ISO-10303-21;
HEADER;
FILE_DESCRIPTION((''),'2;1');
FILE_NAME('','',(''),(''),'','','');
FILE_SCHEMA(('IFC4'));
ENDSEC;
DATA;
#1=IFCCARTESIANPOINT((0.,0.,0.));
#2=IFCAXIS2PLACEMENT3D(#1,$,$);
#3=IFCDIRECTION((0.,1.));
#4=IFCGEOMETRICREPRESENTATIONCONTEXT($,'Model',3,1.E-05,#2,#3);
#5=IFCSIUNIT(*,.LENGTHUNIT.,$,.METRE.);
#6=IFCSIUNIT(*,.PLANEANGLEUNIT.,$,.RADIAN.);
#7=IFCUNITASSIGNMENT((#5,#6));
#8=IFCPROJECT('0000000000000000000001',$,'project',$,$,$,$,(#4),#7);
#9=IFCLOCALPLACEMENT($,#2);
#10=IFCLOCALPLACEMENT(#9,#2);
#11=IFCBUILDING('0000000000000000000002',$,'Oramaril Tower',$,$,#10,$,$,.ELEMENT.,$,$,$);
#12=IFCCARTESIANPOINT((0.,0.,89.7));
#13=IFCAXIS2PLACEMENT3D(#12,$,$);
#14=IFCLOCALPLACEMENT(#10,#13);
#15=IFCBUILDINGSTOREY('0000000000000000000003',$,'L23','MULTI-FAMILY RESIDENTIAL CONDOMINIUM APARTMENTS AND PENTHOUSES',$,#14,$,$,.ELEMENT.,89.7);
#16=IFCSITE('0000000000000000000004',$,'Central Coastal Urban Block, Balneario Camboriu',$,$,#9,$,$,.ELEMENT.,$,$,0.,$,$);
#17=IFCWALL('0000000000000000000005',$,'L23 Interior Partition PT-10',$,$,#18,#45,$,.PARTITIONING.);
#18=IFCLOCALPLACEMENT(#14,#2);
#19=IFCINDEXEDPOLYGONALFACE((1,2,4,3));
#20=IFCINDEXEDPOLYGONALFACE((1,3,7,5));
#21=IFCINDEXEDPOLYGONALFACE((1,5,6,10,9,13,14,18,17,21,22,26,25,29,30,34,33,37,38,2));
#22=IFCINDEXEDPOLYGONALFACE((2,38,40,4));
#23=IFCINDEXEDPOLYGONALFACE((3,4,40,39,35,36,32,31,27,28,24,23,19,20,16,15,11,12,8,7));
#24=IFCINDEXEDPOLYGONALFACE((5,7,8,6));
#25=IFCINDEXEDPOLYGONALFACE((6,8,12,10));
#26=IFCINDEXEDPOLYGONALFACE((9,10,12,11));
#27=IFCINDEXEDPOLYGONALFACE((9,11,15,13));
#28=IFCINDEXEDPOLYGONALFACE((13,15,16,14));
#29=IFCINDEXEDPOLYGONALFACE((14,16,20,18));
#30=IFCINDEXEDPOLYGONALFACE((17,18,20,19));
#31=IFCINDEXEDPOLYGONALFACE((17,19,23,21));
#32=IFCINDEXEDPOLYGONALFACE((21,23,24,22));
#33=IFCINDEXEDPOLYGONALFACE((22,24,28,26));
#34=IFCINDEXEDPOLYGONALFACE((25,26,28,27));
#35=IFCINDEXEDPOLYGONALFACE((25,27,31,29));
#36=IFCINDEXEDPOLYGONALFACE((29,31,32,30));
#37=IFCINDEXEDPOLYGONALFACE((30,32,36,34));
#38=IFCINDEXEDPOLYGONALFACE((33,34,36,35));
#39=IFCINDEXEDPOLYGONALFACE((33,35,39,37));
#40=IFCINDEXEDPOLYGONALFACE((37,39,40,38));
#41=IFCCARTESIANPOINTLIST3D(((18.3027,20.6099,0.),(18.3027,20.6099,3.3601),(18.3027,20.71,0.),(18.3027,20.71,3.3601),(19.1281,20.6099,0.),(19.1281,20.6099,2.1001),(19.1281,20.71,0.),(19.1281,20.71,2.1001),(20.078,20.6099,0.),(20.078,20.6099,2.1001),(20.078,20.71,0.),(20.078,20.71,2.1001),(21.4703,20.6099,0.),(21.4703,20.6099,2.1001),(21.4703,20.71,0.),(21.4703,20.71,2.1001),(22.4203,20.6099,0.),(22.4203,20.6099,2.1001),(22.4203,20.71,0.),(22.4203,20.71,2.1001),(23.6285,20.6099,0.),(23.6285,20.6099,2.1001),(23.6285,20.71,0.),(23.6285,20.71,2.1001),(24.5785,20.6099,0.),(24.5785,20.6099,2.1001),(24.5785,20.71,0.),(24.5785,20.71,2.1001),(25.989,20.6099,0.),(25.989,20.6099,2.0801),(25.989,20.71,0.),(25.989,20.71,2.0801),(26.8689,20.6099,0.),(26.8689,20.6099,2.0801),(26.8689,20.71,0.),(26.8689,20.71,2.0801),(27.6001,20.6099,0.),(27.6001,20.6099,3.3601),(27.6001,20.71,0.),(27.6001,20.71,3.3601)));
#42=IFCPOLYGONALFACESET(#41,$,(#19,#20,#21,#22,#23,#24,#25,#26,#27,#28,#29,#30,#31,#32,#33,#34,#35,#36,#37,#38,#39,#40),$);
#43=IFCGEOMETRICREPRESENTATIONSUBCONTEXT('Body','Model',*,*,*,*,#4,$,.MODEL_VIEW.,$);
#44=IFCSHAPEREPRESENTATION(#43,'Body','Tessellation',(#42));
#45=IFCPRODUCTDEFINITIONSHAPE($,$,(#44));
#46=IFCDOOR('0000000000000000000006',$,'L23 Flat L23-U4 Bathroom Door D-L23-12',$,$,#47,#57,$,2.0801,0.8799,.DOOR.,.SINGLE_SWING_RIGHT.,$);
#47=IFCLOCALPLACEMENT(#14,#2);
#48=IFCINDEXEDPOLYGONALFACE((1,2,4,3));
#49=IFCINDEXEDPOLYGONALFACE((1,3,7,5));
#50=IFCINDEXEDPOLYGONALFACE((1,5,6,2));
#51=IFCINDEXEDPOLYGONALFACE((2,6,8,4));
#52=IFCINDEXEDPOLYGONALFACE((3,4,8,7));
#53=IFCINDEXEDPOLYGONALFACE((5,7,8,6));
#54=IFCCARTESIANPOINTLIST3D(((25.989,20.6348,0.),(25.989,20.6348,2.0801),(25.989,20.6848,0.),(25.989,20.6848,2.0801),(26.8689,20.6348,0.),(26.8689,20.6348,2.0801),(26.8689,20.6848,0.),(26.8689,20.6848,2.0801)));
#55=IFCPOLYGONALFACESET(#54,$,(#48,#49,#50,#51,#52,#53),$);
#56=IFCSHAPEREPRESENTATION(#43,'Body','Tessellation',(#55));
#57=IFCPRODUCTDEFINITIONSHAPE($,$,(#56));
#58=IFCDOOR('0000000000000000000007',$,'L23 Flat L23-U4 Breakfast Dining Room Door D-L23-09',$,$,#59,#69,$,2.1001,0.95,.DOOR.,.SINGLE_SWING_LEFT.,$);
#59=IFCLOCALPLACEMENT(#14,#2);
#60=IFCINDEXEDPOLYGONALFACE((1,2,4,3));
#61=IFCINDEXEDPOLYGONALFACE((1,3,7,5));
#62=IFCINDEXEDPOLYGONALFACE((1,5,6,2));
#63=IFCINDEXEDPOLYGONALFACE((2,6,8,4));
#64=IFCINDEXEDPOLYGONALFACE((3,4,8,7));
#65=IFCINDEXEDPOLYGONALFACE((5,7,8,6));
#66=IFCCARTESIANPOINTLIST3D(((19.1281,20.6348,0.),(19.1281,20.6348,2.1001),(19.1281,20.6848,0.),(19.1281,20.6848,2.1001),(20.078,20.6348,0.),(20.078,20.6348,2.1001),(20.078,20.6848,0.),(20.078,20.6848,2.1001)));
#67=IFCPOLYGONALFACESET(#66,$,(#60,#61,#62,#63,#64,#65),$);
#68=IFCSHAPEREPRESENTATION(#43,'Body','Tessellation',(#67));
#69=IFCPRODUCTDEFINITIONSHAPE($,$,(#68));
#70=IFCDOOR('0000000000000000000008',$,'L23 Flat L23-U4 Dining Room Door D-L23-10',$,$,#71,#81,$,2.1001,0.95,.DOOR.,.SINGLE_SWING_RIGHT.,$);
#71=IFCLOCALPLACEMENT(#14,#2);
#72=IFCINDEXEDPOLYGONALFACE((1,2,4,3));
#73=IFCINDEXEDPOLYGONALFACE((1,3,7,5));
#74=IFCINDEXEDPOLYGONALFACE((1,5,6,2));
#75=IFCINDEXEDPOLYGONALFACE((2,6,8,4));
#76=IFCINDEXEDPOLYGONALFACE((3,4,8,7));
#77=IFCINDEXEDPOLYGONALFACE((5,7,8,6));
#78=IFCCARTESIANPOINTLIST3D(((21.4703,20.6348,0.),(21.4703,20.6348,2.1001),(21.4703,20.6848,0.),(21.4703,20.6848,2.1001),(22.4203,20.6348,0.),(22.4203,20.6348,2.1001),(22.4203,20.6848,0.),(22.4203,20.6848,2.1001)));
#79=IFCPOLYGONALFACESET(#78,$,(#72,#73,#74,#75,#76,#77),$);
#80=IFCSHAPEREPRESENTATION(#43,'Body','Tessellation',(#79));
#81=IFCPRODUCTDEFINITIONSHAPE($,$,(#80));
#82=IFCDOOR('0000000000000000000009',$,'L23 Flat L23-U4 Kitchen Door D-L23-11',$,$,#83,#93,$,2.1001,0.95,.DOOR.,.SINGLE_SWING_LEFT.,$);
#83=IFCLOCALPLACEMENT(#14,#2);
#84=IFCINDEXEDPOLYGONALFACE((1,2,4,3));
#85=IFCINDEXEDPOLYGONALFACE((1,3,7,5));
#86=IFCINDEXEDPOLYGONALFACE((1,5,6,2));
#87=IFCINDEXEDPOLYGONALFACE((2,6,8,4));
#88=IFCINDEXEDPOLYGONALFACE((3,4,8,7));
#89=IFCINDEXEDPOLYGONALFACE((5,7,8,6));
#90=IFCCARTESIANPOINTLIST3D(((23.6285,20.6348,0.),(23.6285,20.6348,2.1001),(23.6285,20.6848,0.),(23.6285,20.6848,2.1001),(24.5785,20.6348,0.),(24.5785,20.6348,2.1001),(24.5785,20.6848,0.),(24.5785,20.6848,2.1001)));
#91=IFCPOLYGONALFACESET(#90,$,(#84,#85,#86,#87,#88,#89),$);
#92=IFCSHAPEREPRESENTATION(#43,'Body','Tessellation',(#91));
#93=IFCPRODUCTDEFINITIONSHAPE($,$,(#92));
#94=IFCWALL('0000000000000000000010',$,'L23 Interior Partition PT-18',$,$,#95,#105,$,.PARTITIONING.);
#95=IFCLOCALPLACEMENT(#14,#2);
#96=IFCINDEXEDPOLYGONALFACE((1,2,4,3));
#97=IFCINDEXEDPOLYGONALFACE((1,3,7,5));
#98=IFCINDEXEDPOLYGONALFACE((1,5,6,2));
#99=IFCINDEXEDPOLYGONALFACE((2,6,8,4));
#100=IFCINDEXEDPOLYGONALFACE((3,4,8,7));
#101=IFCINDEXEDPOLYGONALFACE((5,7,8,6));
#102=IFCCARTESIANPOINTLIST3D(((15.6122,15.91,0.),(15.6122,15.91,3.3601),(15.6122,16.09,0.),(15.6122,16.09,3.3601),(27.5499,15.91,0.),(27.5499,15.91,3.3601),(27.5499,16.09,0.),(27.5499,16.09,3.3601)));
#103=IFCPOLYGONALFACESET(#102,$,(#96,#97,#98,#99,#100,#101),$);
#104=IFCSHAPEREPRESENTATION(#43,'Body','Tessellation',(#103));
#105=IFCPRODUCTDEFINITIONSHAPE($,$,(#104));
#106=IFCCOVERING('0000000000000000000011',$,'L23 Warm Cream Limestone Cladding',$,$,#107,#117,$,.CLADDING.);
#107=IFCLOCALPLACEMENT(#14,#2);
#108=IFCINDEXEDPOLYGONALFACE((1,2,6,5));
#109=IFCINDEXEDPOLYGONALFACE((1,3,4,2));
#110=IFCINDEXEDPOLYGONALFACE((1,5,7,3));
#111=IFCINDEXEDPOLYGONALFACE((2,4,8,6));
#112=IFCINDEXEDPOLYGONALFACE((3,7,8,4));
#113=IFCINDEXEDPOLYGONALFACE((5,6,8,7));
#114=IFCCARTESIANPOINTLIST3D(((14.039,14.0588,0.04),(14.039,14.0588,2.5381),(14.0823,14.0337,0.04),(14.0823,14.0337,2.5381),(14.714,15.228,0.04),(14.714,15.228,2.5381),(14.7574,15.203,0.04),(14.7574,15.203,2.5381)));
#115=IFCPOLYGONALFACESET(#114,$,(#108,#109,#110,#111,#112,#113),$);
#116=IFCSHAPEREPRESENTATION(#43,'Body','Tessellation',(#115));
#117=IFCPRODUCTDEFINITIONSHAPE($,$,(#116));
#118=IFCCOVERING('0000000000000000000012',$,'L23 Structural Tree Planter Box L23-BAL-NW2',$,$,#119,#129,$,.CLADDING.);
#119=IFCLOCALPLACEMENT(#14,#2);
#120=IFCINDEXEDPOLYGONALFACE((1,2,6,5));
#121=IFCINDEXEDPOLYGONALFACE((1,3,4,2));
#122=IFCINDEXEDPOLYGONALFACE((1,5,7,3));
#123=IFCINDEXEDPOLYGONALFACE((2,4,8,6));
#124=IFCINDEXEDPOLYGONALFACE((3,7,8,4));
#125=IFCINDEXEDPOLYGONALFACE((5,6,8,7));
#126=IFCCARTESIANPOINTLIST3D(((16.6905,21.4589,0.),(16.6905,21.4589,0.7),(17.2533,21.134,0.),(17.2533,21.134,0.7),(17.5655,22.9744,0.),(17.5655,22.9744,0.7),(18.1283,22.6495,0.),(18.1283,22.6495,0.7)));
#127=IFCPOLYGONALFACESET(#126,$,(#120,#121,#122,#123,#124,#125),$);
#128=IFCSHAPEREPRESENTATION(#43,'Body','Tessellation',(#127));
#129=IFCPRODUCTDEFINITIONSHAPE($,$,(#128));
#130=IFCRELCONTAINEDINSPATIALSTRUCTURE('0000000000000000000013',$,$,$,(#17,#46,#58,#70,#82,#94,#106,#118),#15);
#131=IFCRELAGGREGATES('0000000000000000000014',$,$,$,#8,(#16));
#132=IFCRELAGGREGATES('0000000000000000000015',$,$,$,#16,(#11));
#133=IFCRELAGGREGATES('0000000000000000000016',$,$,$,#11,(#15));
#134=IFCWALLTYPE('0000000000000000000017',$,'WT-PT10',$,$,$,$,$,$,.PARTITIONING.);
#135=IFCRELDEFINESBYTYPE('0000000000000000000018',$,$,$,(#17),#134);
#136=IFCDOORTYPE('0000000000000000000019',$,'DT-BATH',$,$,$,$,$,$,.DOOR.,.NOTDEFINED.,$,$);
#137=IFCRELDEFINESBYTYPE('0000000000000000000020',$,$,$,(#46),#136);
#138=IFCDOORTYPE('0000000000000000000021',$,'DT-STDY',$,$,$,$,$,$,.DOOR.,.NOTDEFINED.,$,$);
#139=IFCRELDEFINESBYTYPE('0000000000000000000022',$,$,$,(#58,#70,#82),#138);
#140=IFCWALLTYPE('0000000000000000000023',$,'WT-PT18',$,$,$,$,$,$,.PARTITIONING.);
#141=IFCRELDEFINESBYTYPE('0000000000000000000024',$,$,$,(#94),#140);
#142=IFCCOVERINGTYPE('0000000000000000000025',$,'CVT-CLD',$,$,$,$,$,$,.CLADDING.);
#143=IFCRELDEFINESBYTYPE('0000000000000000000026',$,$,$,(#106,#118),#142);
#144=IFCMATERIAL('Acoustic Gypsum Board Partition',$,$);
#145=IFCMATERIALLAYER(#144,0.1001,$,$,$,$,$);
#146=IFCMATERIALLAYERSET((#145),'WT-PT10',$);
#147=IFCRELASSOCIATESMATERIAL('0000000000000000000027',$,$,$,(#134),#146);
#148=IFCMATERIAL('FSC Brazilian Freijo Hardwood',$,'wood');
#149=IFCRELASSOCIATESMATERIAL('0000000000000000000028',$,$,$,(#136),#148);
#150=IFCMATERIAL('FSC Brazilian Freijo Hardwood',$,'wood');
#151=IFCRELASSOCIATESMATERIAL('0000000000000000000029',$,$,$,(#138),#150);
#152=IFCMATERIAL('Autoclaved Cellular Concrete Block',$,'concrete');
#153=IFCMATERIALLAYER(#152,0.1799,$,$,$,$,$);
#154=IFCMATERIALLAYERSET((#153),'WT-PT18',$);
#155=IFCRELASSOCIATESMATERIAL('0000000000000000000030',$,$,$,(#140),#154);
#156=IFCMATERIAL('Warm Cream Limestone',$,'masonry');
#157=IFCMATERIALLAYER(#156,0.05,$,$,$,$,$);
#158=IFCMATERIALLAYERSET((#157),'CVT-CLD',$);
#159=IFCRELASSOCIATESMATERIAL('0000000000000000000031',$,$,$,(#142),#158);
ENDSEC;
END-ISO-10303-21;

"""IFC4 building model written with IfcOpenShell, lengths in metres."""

from ifc_helpers import new_model, si_unit, direction, frame, frame_2d, origin, origin_2d, place, context, subcontext, project, spatial, rectangle, extrude, material, layer, layer_set, type_object, element, fill, save


model = new_model("IFC4")

# Units and contexts
model_context = context("Model", 3, precision=1e-05, world=origin(), true_north=direction((0.0, 1.0)))
body_context = subcontext(model_context, "Body", "Model", "MODEL_VIEW")
ifc_project = project(units=[si_unit("LENGTHUNIT", "METRE"), si_unit("PLANEANGLEUNIT", "RADIAN")], contexts=[model_context])

# Site, building, storey
site_placement = place(None, origin())
site = spatial("IfcSite", under=ifc_project, at=site_placement, Name="Central Coastal Urban Block, Balneario Camboriu", CompositionType="ELEMENT", RefElevation=0.0)
building_placement = place(site_placement, origin())
building = spatial("IfcBuilding", under=site, at=building_placement, Name="Oramaril Tower", CompositionType="ELEMENT")
storey_placement = place(building_placement, frame((0.0, 0.0, 89.7)))
storey = spatial("IfcBuildingStorey", under=building, at=storey_placement, Name="L23", Description="MULTI-FAMILY RESIDENTIAL CONDOMINIUM APARTMENTS AND PENTHOUSES", CompositionType="ELEMENT", Elevation=89.7)

# Wall, openings, doors
ifc_material_1 = material(Name="Acoustic Gypsum Board Partition")
ifc_layer_1 = layer(ifc_material_1, 0.1001)
ifc_layer_set_1 = layer_set([ifc_layer_1], Name="WT-PT10")
wall_type_1 = type_object("IfcWallType", Name="WT-PT10", PredefinedType="PARTITIONING", material=ifc_layer_set_1)
wall_1_placement = place(storey_placement, frame((18.3027, 20.6599, 0.0), z_axis=(0.0, 0.0, 1.0), x_axis=(1.0, 0.0, 0.0)))
wall_1 = element("IfcWall", 1, at=wall_1_placement, inside=storey, type_object=wall_type_1, Name="L23 Interior Partition PT-10", PredefinedType="PARTITIONING", context=body_context, shape_type="SweptSolid", body=[
    extrude(rectangle(XDim=9.2974, YDim=0.1001, at=frame_2d((4.6487, 0.0))), origin(), (0.0, 0.0, 1.0), 3.3601),
])
opening_1_placement = place(wall_1_placement, frame((0.8252, 0.0, 0.0)))
opening_1 = element("IfcOpeningElement", 2, at=opening_1_placement, cuts=wall_1, PredefinedType="OPENING", context=body_context, shape_type="SweptSolid", body=[
    extrude(rectangle(XDim=0.95, YDim=2.1001, at=frame_2d((0.4751, 1.05))), frame((0.0, 0.05, 0.0), z_axis=(0.0, -1.0, 0.0), x_axis=(1.0, 0.0, 0.0)), (0.0, 0.0, 1.0), 0.1001),
])
opening_2_placement = place(wall_1_placement, frame((3.1675, 0.0, 0.0)))
opening_2 = element("IfcOpeningElement", 3, at=opening_2_placement, cuts=wall_1, PredefinedType="OPENING", context=body_context, shape_type="SweptSolid", body=[
    extrude(rectangle(XDim=0.95, YDim=2.1001, at=frame_2d((0.4751, 1.05))), frame((0.0, 0.05, 0.0), z_axis=(0.0, -1.0, 0.0), x_axis=(1.0, 0.0, 0.0)), (0.0, 0.0, 1.0), 0.1001),
])
opening_3_placement = place(wall_1_placement, frame((5.3257, 0.0, 0.0)))
opening_3 = element("IfcOpeningElement", 4, at=opening_3_placement, cuts=wall_1, PredefinedType="OPENING", context=body_context, shape_type="SweptSolid", body=[
    extrude(rectangle(XDim=0.95, YDim=2.1001, at=frame_2d((0.4751, 1.05))), frame((0.0, 0.05, 0.0), z_axis=(0.0, -1.0, 0.0), x_axis=(1.0, 0.0, 0.0)), (0.0, 0.0, 1.0), 0.1001),
])
opening_4_placement = place(wall_1_placement, frame((7.6863, 0.0, 0.0)))
opening_4 = element("IfcOpeningElement", 5, at=opening_4_placement, cuts=wall_1, PredefinedType="OPENING", context=body_context, shape_type="SweptSolid", body=[
    extrude(rectangle(XDim=0.8799, YDim=2.0801, at=frame_2d((0.4399, 1.04))), frame((0.0, 0.05, 0.0), z_axis=(0.0, -1.0, 0.0), x_axis=(1.0, 0.0, 0.0)), (0.0, 0.0, 1.0), 0.1001),
])
ifc_material_2 = material(Name="FSC Brazilian Freijo Hardwood", Category="wood")
door_type_1 = type_object("IfcDoorType", Name="DT-BATH", OperationType="NOTDEFINED", PredefinedType="DOOR", material=ifc_material_2)
door_1_placement = place(opening_4_placement, origin())
door_1 = element("IfcDoor", 6, at=door_1_placement, inside=storey, type_object=door_type_1, Name="L23 Flat L23-U4 Bathroom Door D-L23-12", OperationType="SINGLE_SWING_RIGHT", OverallHeight=2.0801, OverallWidth=0.8799, PredefinedType="DOOR", context=body_context, shape_type="SweptSolid", body=[
    extrude(rectangle(XDim=0.8799, YDim=2.0801, at=frame_2d((0.4399, 1.04))), frame((0.0, 0.0249, 0.0), z_axis=(0.0, -1.0, 0.0), x_axis=(1.0, 0.0, 0.0)), (0.0, 0.0, 1.0), 0.05),
])
fill(opening_4, door_1)
ifc_material_3 = material(Name="FSC Brazilian Freijo Hardwood", Category="wood")
door_type_2 = type_object("IfcDoorType", Name="DT-STDY", OperationType="NOTDEFINED", PredefinedType="DOOR", material=ifc_material_3)
door_2_placement = place(opening_1_placement, origin())
door_2 = element("IfcDoor", 7, at=door_2_placement, inside=storey, type_object=door_type_2, Name="L23 Flat L23-U4 Breakfast Dining Room Door D-L23-09", OperationType="SINGLE_SWING_LEFT", OverallHeight=2.1001, OverallWidth=0.95, PredefinedType="DOOR", context=body_context, shape_type="SweptSolid", body=[
    extrude(rectangle(XDim=0.95, YDim=2.1001, at=frame_2d((0.4751, 1.05))), frame((0.0, 0.0249, 0.0), z_axis=(0.0, -1.0, 0.0), x_axis=(1.0, 0.0, 0.0)), (0.0, 0.0, 1.0), 0.05),
])
fill(opening_1, door_2)
door_3_placement = place(opening_2_placement, origin())
door_3 = element("IfcDoor", 8, at=door_3_placement, inside=storey, type_object=door_type_2, Name="L23 Flat L23-U4 Dining Room Door D-L23-10", OperationType="SINGLE_SWING_RIGHT", OverallHeight=2.1001, OverallWidth=0.95, PredefinedType="DOOR", context=body_context, shape_type="SweptSolid", body=[
    extrude(rectangle(XDim=0.95, YDim=2.1001, at=frame_2d((0.4751, 1.05))), frame((0.0, 0.0249, 0.0), z_axis=(0.0, -1.0, 0.0), x_axis=(1.0, 0.0, 0.0)), (0.0, 0.0, 1.0), 0.05),
])
fill(opening_2, door_3)
door_4_placement = place(opening_3_placement, origin())
door_4 = element("IfcDoor", 9, at=door_4_placement, inside=storey, type_object=door_type_2, Name="L23 Flat L23-U4 Kitchen Door D-L23-11", OperationType="SINGLE_SWING_LEFT", OverallHeight=2.1001, OverallWidth=0.95, PredefinedType="DOOR", context=body_context, shape_type="SweptSolid", body=[
    extrude(rectangle(XDim=0.95, YDim=2.1001, at=frame_2d((0.4751, 1.05))), frame((0.0, 0.0249, 0.0), z_axis=(0.0, -1.0, 0.0), x_axis=(1.0, 0.0, 0.0)), (0.0, 0.0, 1.0), 0.05),
])
fill(opening_3, door_4)

# Wall
ifc_material_4 = material(Name="Autoclaved Cellular Concrete Block", Category="concrete")
ifc_layer_2 = layer(ifc_material_4, 0.1799)
ifc_layer_set_2 = layer_set([ifc_layer_2], Name="WT-PT18")
wall_type_2 = type_object("IfcWallType", Name="WT-PT18", PredefinedType="PARTITIONING", material=ifc_layer_set_2)
wall_2_placement = place(storey_placement, frame((15.6123, 16.0, 0.0), z_axis=(0.0, 0.0, 1.0), x_axis=(1.0, 0.0, 0.0)))
element("IfcWall", 10, at=wall_2_placement, inside=storey, type_object=wall_type_2, Name="L23 Interior Partition PT-18", PredefinedType="PARTITIONING", context=body_context, shape_type="SweptSolid", body=[
    extrude(rectangle(XDim=11.9377, YDim=0.1799, at=frame_2d((5.9688, 0.0))), origin(), (0.0, 0.0, 1.0), 3.3601),
])

# Coverings
ifc_material_5 = material(Name="Warm Cream Limestone", Category="masonry")
ifc_layer_3 = layer(ifc_material_5, 0.05)
ifc_layer_set_3 = layer_set([ifc_layer_3], Name="CVT-CLD")
covering_type = type_object("IfcCoveringType", Name="CVT-CLD", PredefinedType="CLADDING", material=ifc_layer_set_3)
covering_1_placement = place(storey_placement, frame((14.3982, 14.6309, 0.04), z_axis=(0.0, 0.0, 1.0), x_axis=(-0.5, -0.866025, 0.0)))
element("IfcCovering", 11, at=covering_1_placement, inside=storey, type_object=covering_type, Name="L23 Warm Cream Limestone Cladding", PredefinedType="CLADDING", context=body_context, shape_type="SweptSolid", body=[
    extrude(rectangle(XDim=1.3501, YDim=0.05, at=origin_2d()), origin(), (0.0, 0.0, 1.0), 2.498),
])
covering_2_placement = place(storey_placement, frame((17.4094, 22.0542, 0.0), z_axis=(0.0, 0.0, 1.0), x_axis=(-0.5, -0.866025, 0.0)))
element("IfcCovering", 12, at=covering_2_placement, inside=storey, type_object=covering_type, Name="L23 Structural Tree Planter Box L23-BAL-NW2", PredefinedType="CLADDING", context=body_context, shape_type="SweptSolid", body=[
    extrude(rectangle(XDim=1.75, YDim=0.6499, at=origin_2d()), origin(), (0.0, 0.0, 1.0), 0.7),
])

save(model, "model.ifc")
